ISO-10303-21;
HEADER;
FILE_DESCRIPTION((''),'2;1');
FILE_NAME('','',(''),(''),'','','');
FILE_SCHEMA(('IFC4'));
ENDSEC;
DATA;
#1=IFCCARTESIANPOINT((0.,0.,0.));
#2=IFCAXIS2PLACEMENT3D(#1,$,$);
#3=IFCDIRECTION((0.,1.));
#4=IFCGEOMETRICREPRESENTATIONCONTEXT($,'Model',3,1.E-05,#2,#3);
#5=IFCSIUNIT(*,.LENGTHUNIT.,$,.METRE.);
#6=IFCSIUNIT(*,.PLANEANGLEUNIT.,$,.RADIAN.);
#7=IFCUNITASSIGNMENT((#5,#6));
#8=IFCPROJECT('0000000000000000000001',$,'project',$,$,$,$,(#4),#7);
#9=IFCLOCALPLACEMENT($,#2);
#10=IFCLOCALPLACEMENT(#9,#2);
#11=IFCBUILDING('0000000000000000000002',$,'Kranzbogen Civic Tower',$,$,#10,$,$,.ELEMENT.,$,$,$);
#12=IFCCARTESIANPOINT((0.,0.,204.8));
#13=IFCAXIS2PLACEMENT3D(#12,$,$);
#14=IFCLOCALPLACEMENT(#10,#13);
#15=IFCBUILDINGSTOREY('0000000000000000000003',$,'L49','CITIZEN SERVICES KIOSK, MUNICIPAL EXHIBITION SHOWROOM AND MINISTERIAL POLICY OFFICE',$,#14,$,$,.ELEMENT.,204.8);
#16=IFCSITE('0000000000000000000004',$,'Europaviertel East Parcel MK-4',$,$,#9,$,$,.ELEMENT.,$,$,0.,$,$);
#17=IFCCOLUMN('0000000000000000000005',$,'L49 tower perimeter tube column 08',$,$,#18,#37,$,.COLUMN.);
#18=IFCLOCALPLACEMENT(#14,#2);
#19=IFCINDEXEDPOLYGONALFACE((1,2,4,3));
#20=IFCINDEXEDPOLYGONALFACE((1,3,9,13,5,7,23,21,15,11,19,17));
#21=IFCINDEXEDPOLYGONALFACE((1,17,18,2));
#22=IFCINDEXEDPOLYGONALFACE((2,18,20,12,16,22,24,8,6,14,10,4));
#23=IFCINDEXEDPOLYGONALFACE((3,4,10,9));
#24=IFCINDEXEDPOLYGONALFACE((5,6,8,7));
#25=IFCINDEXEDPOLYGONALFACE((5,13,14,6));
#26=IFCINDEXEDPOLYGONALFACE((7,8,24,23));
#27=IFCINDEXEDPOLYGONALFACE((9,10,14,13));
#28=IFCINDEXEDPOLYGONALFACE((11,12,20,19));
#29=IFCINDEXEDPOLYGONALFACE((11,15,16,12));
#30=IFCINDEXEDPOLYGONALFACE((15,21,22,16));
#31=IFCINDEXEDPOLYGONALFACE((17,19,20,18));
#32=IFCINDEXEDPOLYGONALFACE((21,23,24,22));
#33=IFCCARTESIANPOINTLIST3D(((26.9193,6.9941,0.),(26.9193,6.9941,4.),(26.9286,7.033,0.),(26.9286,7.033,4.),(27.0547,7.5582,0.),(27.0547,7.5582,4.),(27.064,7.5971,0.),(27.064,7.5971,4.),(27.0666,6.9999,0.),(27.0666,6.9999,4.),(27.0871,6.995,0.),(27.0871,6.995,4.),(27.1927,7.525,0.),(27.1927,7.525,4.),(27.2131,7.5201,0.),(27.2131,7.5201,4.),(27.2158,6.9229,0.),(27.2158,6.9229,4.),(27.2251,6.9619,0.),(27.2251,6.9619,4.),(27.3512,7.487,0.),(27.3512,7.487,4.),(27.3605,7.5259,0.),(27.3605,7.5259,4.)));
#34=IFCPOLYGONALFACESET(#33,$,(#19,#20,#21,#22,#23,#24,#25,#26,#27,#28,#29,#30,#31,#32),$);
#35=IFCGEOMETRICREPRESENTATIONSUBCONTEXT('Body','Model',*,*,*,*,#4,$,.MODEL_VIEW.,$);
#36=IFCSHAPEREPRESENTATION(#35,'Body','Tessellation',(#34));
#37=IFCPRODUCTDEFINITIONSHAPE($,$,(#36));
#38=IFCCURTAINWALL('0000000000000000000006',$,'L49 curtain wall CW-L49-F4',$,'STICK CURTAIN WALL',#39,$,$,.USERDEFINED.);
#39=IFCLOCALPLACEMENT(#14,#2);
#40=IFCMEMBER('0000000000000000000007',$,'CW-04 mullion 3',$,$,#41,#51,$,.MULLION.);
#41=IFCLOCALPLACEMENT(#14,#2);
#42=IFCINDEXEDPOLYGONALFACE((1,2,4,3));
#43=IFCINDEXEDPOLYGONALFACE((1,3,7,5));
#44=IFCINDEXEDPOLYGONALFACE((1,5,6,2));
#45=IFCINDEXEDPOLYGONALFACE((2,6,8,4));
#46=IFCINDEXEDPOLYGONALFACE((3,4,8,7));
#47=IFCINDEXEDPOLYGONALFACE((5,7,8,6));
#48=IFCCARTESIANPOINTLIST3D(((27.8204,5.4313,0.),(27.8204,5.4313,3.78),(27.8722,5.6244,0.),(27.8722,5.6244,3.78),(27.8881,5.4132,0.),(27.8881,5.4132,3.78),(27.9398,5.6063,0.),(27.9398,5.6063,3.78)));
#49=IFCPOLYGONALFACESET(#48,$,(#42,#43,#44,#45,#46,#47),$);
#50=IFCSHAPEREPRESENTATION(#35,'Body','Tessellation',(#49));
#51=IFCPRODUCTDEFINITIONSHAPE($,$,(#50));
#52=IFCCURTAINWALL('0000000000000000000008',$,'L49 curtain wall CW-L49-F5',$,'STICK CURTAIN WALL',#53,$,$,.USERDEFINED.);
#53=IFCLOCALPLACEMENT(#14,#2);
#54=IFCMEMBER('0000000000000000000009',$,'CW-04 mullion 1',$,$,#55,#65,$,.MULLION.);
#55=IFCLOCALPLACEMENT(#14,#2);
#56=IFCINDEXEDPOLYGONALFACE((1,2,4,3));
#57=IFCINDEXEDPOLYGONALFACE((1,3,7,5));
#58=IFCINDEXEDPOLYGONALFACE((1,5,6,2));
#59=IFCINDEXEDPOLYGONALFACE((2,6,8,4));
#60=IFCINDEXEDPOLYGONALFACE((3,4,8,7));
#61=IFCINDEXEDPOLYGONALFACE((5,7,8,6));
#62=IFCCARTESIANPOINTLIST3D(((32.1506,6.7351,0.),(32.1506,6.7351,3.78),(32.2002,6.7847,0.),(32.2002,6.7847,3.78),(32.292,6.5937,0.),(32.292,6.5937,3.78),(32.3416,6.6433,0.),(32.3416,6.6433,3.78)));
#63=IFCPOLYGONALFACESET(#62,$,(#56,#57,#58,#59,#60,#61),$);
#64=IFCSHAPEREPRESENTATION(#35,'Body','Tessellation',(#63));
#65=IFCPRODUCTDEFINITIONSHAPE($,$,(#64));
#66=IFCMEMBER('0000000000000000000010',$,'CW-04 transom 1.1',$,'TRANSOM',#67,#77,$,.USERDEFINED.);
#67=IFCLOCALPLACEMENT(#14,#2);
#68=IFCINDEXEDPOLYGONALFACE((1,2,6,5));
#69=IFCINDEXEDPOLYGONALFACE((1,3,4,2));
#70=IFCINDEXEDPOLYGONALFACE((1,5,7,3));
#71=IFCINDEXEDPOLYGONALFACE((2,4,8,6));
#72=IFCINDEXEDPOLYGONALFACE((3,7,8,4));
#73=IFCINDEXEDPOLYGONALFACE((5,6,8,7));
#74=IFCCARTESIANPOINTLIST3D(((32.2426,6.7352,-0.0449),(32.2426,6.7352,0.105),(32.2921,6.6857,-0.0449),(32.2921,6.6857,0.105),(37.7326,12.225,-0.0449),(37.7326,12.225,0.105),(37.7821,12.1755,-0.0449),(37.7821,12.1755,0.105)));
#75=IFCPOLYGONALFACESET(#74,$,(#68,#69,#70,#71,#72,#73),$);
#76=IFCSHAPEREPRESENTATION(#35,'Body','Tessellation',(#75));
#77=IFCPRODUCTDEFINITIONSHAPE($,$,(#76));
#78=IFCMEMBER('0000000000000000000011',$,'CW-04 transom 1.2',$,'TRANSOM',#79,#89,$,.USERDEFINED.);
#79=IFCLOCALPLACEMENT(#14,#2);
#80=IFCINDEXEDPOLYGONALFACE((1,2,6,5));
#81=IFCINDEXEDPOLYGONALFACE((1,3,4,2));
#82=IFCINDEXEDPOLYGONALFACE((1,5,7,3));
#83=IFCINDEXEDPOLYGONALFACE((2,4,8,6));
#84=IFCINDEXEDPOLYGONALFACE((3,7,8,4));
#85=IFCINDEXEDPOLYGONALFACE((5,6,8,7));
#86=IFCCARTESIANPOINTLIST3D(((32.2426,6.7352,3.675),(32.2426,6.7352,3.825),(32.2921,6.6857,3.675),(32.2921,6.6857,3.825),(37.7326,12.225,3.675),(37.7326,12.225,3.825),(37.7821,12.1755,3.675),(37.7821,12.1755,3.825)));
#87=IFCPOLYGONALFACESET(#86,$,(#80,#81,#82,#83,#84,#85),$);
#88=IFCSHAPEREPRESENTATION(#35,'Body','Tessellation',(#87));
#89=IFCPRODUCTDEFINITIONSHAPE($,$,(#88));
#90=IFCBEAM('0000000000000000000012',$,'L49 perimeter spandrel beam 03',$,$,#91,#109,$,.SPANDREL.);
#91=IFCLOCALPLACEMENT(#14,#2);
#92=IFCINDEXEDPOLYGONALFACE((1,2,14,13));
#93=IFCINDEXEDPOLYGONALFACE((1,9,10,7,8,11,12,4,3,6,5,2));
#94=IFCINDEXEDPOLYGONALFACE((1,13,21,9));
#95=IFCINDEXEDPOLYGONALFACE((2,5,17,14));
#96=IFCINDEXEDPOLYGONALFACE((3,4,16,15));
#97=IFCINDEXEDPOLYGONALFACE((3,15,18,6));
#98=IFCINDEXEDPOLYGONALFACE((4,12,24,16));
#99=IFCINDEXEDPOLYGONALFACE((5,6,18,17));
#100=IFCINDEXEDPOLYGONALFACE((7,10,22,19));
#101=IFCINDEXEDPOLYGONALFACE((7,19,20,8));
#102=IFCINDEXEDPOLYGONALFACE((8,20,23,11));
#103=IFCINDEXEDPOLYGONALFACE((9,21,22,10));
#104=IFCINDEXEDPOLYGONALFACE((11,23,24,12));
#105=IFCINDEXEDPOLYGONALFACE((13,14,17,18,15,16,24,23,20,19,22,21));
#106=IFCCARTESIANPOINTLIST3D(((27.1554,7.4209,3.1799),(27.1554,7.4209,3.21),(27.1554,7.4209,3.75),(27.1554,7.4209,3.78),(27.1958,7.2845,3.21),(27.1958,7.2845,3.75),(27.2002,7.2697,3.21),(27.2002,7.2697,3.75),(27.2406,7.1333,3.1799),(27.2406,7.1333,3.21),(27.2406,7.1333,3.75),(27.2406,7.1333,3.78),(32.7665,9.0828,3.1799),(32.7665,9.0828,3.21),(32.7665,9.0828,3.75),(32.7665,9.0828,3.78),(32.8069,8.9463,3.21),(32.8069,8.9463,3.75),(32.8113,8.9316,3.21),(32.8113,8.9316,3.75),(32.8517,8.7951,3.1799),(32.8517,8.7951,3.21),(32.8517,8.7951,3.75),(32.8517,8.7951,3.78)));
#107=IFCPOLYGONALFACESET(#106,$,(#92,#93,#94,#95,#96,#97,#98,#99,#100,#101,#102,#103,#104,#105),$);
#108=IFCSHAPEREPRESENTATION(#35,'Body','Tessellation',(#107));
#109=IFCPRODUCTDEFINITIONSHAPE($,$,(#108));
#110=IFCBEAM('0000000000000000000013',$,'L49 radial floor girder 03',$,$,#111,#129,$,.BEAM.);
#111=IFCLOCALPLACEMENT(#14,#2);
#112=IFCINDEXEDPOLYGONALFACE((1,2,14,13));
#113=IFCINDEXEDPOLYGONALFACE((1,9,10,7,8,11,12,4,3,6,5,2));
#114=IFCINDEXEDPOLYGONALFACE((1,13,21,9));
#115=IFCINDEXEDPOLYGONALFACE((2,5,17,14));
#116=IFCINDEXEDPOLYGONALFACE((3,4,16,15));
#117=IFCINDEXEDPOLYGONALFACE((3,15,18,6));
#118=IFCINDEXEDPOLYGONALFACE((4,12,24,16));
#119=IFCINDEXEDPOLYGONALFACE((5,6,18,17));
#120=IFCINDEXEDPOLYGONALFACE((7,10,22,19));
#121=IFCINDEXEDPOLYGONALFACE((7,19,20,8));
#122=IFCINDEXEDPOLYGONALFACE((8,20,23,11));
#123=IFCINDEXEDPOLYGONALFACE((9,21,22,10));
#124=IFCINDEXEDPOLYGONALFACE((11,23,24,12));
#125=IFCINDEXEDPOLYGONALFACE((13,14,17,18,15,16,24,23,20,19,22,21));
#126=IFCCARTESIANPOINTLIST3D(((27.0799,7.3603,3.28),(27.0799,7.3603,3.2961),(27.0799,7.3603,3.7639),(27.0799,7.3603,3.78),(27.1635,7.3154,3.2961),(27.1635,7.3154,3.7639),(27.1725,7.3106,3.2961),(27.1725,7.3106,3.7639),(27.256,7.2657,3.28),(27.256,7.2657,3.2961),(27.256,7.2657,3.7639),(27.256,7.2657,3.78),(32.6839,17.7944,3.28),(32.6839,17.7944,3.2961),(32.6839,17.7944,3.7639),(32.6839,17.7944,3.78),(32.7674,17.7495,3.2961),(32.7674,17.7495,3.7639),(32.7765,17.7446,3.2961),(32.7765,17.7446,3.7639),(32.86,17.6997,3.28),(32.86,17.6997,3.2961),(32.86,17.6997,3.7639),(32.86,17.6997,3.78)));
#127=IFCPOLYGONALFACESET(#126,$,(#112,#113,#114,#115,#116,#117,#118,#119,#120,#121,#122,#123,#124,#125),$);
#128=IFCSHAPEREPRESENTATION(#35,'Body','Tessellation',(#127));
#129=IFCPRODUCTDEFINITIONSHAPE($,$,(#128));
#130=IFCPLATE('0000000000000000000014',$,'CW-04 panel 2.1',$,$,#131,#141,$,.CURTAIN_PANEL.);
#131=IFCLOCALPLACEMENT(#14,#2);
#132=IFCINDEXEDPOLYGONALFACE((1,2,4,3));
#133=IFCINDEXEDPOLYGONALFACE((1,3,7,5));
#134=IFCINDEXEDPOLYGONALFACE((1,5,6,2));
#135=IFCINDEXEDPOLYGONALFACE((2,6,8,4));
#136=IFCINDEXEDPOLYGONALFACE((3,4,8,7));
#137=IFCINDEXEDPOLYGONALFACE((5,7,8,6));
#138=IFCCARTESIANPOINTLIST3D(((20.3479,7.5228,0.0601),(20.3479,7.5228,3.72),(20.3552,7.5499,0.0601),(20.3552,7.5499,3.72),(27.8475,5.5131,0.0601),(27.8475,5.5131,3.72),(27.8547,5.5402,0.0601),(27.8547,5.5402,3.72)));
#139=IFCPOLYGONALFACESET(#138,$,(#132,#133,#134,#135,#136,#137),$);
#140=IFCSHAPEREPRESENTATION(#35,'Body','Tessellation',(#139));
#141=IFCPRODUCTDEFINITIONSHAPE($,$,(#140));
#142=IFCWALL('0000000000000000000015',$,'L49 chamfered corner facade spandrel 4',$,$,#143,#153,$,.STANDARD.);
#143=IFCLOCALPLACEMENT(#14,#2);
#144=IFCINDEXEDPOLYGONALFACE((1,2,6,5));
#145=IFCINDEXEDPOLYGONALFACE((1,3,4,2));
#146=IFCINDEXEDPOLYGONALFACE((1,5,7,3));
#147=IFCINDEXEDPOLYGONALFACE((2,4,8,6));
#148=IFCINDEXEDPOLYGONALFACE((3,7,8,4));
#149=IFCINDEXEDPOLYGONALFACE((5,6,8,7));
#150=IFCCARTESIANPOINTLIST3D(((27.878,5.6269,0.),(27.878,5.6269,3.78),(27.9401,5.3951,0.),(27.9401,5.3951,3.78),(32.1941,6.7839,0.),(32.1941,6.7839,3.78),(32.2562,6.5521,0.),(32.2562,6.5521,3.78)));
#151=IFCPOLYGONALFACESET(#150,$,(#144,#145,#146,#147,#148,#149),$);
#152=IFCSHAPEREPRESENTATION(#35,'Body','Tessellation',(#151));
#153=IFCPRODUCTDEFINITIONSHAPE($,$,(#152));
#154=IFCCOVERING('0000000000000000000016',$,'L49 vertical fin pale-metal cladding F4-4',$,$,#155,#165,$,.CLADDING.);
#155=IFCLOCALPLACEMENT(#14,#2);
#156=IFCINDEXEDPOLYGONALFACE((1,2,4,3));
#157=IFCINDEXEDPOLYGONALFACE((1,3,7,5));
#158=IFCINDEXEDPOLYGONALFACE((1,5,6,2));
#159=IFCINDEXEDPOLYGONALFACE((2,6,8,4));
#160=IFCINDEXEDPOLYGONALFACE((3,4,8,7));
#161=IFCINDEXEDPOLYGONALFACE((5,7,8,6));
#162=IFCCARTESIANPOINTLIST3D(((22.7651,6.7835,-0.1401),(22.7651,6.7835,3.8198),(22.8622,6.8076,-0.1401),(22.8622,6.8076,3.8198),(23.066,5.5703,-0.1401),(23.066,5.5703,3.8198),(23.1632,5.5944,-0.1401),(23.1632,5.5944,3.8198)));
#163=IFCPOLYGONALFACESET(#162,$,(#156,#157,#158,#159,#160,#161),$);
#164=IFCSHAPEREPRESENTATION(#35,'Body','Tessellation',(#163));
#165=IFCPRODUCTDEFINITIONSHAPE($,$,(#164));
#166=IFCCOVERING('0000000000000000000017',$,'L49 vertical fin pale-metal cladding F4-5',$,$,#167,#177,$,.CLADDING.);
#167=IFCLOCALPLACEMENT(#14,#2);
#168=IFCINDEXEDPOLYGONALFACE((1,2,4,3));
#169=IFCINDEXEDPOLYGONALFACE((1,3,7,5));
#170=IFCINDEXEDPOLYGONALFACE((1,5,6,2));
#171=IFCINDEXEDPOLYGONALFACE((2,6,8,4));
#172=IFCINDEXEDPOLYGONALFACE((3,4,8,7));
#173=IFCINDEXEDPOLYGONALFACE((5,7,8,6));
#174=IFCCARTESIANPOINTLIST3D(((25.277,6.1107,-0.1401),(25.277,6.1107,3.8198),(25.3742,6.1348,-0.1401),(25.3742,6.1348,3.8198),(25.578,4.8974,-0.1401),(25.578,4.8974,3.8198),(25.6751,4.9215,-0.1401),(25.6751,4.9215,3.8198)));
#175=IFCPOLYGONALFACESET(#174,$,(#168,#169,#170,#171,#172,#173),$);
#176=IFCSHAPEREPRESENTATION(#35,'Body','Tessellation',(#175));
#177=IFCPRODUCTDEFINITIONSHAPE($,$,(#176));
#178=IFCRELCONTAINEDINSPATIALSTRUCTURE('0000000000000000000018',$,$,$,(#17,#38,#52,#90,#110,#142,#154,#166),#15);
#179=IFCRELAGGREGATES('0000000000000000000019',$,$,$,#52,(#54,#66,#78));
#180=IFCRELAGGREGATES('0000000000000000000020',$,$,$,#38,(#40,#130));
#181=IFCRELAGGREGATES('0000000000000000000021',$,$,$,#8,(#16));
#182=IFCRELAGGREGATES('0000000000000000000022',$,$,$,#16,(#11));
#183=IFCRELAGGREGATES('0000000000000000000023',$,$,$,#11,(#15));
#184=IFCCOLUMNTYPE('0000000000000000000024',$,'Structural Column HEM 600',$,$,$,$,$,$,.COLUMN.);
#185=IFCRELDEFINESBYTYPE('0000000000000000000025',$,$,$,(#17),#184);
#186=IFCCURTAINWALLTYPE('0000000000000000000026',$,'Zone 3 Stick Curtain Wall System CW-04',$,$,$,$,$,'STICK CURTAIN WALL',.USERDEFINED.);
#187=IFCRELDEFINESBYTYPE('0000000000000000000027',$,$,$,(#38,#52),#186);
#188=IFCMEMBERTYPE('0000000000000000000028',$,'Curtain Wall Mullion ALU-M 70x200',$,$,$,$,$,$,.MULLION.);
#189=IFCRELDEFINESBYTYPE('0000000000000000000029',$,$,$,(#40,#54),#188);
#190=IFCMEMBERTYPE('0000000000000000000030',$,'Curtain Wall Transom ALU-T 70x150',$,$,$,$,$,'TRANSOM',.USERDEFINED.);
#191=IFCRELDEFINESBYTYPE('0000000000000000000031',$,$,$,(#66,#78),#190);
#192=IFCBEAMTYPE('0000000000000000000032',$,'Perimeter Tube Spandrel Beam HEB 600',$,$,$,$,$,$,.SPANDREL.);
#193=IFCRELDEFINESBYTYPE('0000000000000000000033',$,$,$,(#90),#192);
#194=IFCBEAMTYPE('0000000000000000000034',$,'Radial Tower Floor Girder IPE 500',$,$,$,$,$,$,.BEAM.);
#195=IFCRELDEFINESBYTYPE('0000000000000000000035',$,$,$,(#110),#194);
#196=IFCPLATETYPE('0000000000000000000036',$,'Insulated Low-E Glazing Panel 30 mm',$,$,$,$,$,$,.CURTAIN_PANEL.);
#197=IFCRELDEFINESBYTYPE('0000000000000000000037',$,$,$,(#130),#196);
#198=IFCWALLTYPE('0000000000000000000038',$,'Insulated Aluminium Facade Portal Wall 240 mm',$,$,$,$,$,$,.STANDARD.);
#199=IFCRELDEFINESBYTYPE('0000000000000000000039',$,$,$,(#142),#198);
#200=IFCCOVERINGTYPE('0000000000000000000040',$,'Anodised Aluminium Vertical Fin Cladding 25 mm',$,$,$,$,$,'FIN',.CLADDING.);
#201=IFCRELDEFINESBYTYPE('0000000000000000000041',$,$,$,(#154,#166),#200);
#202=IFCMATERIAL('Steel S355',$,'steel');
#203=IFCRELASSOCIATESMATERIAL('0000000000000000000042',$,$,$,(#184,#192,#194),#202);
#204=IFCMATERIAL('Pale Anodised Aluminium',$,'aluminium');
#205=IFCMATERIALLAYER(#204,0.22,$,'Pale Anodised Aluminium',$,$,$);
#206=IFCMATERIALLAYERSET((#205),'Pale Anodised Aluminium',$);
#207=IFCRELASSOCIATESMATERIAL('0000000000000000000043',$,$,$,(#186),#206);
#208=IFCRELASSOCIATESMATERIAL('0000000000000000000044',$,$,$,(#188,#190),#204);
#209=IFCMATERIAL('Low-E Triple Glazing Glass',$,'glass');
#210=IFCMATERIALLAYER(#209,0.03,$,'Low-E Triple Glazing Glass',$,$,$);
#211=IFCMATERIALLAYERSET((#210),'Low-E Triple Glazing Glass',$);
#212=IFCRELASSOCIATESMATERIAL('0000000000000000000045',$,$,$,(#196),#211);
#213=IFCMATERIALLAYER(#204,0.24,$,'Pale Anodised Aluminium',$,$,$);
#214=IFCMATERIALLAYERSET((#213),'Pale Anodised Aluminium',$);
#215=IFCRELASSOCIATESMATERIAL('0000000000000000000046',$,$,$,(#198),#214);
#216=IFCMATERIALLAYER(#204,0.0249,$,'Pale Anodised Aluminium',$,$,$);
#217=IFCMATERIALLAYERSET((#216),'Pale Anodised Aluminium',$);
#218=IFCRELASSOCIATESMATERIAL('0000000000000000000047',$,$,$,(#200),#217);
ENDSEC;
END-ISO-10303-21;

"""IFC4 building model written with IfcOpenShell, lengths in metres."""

from ifc_helpers import new_model, si_unit, direction, frame, frame_2d, origin, origin_2d, place, context, subcontext, project, spatial, rectangle, i_section, extrude, material, layer, layer_set, material_profile, profile_set, type_object, element, aggregate, save


model = new_model("IFC4")

# Units and contexts
model_context = context("Model", 3, precision=1e-05, world=origin(), true_north=direction((0.0, 1.0)))
body_context = subcontext(model_context, "Body", "Model", "MODEL_VIEW")
ifc_project = project(units=[si_unit("LENGTHUNIT", "METRE"), si_unit("PLANEANGLEUNIT", "RADIAN")], contexts=[model_context])

# Site, building, storey
site_placement = place(None, origin())
site = spatial("IfcSite", under=ifc_project, at=site_placement, Name="Europaviertel East Parcel MK-4", CompositionType="ELEMENT", RefElevation=0.0)
building_placement = place(site_placement, origin())
building = spatial("IfcBuilding", under=site, at=building_placement, Name="Kranzbogen Civic Tower", CompositionType="ELEMENT")
storey_placement = place(building_placement, frame((0.0, 0.0, 204.8)))
storey = spatial("IfcBuildingStorey", under=building, at=storey_placement, Name="L49", Description="CITIZEN SERVICES KIOSK, MUNICIPAL EXHIBITION SHOWROOM AND MINISTERIAL POLICY OFFICE", CompositionType="ELEMENT", Elevation=204.8)

# Column
ifc_material_1 = material(Name="Steel S355", Category="steel")
ifc_material_profile_1 = material_profile(ifc_material_1, i_section(OverallWidth=0.3049, OverallDepth=0.6201, WebThickness=0.021, FlangeThickness=0.04, at=origin_2d()), Name="HEM 600")
ifc_profile_set_1 = profile_set([ifc_material_profile_1], Name="Steel S355")
column_type = type_object("IfcColumnType", Name="Structural Column HEM 600", PredefinedType="COLUMN", material=ifc_profile_set_1)
column_placement = place(storey_placement, frame((27.1399, 7.26, 0.0), z_axis=(0.0, 0.0, 1.0), x_axis=(-0.97237, 0.233445, 0.0)))
element("IfcColumn", 1, at=column_placement, inside=storey, type_object=column_type, Name="L49 tower perimeter tube column 08", PredefinedType="COLUMN", context=body_context, shape_type="SweptSolid", body=[
    extrude(i_section(OverallWidth=0.3049, OverallDepth=0.6201, WebThickness=0.021, FlangeThickness=0.04, at=origin_2d()), origin(), (0.0, 0.0, 1.0), 4.0),
])

# Curtain wall, member
ifc_material_2 = material(Name="Pale Anodised Aluminium", Category="aluminium")
ifc_layer_1 = layer(ifc_material_2, 0.22, Name="Pale Anodised Aluminium")
ifc_layer_set_1 = layer_set([ifc_layer_1], Name="Pale Anodised Aluminium")
curtain_wall_type = type_object("IfcCurtainWallType", Name="Zone 3 Stick Curtain Wall System CW-04", ElementType="STICK CURTAIN WALL", PredefinedType="USERDEFINED", material=ifc_layer_set_1)
curtain_wall_1_placement = place(storey_placement, origin())
curtain_wall_1 = element("IfcCurtainWall", 2, at=curtain_wall_1_placement, inside=storey, type_object=curtain_wall_type, Name="L49 curtain wall CW-L49-F4", ObjectType="STICK CURTAIN WALL", PredefinedType="USERDEFINED")
ifc_material_profile_2 = material_profile(ifc_material_2, rectangle(XDim=0.0701, YDim=0.2, at=origin_2d()), Name="ALU-M 70x200")
ifc_profile_set_2 = profile_set([ifc_material_profile_2], Name="Pale Anodised Aluminium")
member_type_1 = type_object("IfcMemberType", Name="Curtain Wall Mullion ALU-M 70x200", PredefinedType="MULLION", material=ifc_profile_set_2)
member_1_placement = place(storey_placement, frame((27.8801, 5.5188, 0.0), z_axis=(0.0, 0.0, 1.0), x_axis=(0.965919, -0.258843, 0.0)))
member_1 = element("IfcMember", 3, at=member_1_placement, type_object=member_type_1, Name="CW-04 mullion 3", PredefinedType="MULLION", context=body_context, shape_type="SweptSolid", body=[
    extrude(rectangle(XDim=0.0701, YDim=0.2, at=origin_2d()), origin(), (0.0, 0.0, 1.0), 3.78),
])

# Curtain wall, members
curtain_wall_2_placement = place(storey_placement, origin())
curtain_wall_2 = element("IfcCurtainWall", 4, at=curtain_wall_2_placement, inside=storey, type_object=curtain_wall_type, Name="L49 curtain wall CW-L49-F5", ObjectType="STICK CURTAIN WALL", PredefinedType="USERDEFINED")
member_2_placement = place(storey_placement, frame((32.2461, 6.6892, 0.0), z_axis=(0.0, 0.0, 1.0), x_axis=(0.707107, 0.707107, 0.0)))
member_2 = element("IfcMember", 5, at=member_2_placement, type_object=member_type_1, Name="CW-04 mullion 1", PredefinedType="MULLION", context=body_context, shape_type="SweptSolid", body=[
    extrude(rectangle(XDim=0.0701, YDim=0.2, at=origin_2d()), origin(), (0.0, 0.0, 1.0), 3.78),
])
ifc_material_profile_3 = material_profile(ifc_material_2, rectangle(XDim=0.0701, YDim=0.1499, at=origin_2d()), Name="ALU-T 70x150")
ifc_profile_set_3 = profile_set([ifc_material_profile_3], Name="Pale Anodised Aluminium")
member_type_2 = type_object("IfcMemberType", Name="Curtain Wall Transom ALU-T 70x150", ElementType="TRANSOM", PredefinedType="USERDEFINED", material=ifc_profile_set_3)
member_3_placement = place(storey_placement, frame((32.2673, 6.7104, 0.03), z_axis=(0.707123, 0.707091, 0.0), x_axis=(-0.707091, 0.707123, 0.0)))
member_3 = element("IfcMember", 6, at=member_3_placement, type_object=member_type_2, Name="CW-04 transom 1.1", ObjectType="TRANSOM", PredefinedType="USERDEFINED", context=body_context, shape_type="SweptSolid", body=[
    extrude(rectangle(XDim=0.0701, YDim=0.1499, at=origin_2d()), origin(), (0.0, 0.0, 1.0), 7.7639),
])
member_4_placement = place(storey_placement, frame((32.2673, 6.7104, 3.75), z_axis=(0.707123, 0.707091, 0.0), x_axis=(-0.707091, 0.707123, 0.0)))
member_4 = element("IfcMember", 7, at=member_4_placement, type_object=member_type_2, Name="CW-04 transom 1.2", ObjectType="TRANSOM", PredefinedType="USERDEFINED", context=body_context, shape_type="SweptSolid", body=[
    extrude(rectangle(XDim=0.0701, YDim=0.1499, at=origin_2d()), origin(), (0.0, 0.0, 1.0), 7.7639),
])
aggregate(curtain_wall_2, [member_2, member_3, member_4])

# Beams
ifc_material_profile_4 = material_profile(ifc_material_1, i_section(OverallWidth=0.3, OverallDepth=0.6001, WebThickness=0.0154, FlangeThickness=0.03, at=origin_2d()), Name="HEB 600")
ifc_profile_set_4 = profile_set([ifc_material_profile_4], Name="Steel S355")
beam_type_1 = type_object("IfcBeamType", Name="Perimeter Tube Spandrel Beam HEB 600", PredefinedType="SPANDREL", material=ifc_profile_set_4)
beam_1_placement = place(storey_placement, frame((27.198, 7.2771, 3.48), z_axis=(0.95883, 0.283982, 0.0), x_axis=(-0.283982, 0.95883, 0.0)))
element("IfcBeam", 8, at=beam_1_placement, inside=storey, type_object=beam_type_1, Name="L49 perimeter spandrel beam 03", PredefinedType="SPANDREL", context=body_context, shape_type="SweptSolid", body=[
    extrude(i_section(OverallWidth=0.3, OverallDepth=0.6001, WebThickness=0.0154, FlangeThickness=0.03, at=origin_2d()), origin(), (0.0, 0.0, 1.0), 5.8521),
])
ifc_material_profile_5 = material_profile(ifc_material_1, i_section(OverallWidth=0.2, OverallDepth=0.5, WebThickness=0.0103, FlangeThickness=0.0161, at=origin_2d()), Name="IPE 500")
ifc_profile_set_5 = profile_set([ifc_material_profile_5], Name="Steel S355")
beam_type_2 = type_object("IfcBeamType", Name="Radial Tower Floor Girder IPE 500", PredefinedType="BEAM", material=ifc_profile_set_5)
beam_2_placement = place(storey_placement, frame((27.168, 7.313, 3.53), z_axis=(0.47316, 0.880976, 0.0), x_axis=(-0.880976, 0.47316, 0.0)))
element("IfcBeam", 9, at=beam_2_placement, inside=storey, type_object=beam_type_2, Name="L49 radial floor girder 03", PredefinedType="BEAM", context=body_context, shape_type="SweptSolid", body=[
    extrude(i_section(OverallWidth=0.2, OverallDepth=0.5, WebThickness=0.0103, FlangeThickness=0.0161, at=origin_2d()), origin(), (0.0, 0.0, 1.0), 11.8438),
])

# Plate
ifc_material_3 = material(Name="Low-E Triple Glazing Glass", Category="glass")
ifc_layer_2 = layer(ifc_material_3, 0.03, Name="Low-E Triple Glazing Glass")
ifc_layer_set_2 = layer_set([ifc_layer_2], Name="Low-E Triple Glazing Glass")
plate_type = type_object("IfcPlateType", Name="Insulated Low-E Glazing Panel 30 mm", PredefinedType="CURTAIN_PANEL", material=ifc_layer_set_2)
plate_placement = place(storey_placement, frame((24.1013, 6.5315, 0.0601), z_axis=(0.0, 0.0, 1.0), x_axis=(0.965919, -0.258843, 0.0)))
plate = element("IfcPlate", 10, at=plate_placement, type_object=plate_type, Name="CW-04 panel 2.1", PredefinedType="CURTAIN_PANEL", context=body_context, shape_type="SweptSolid", body=[
    extrude(rectangle(XDim=7.7642, YDim=0.0281, at=origin_2d()), origin(), (0.0, 0.0, 1.0), 3.6599),
])
aggregate(curtain_wall_1, [member_1, plate])

# Wall
ifc_layer_3 = layer(ifc_material_2, 0.24, Name="Pale Anodised Aluminium")
ifc_layer_set_3 = layer_set([ifc_layer_3], Name="Pale Anodised Aluminium")
wall_type = type_object("IfcWallType", Name="Insulated Aluminium Facade Portal Wall 240 mm", PredefinedType="STANDARD", material=ifc_layer_set_3)
wall_placement = place(storey_placement, frame((27.9089, 5.511, 0.0), z_axis=(0.0, 0.0, 1.0), x_axis=(0.9659, 0.258917, 0.0)))
element("IfcWall", 11, at=wall_placement, inside=storey, type_object=wall_type, Name="L49 chamfered corner facade spandrel 4", PredefinedType="STANDARD", context=body_context, shape_type="SweptSolid", body=[
    extrude(rectangle(XDim=4.4685, YDim=0.24, at=frame_2d((2.2344, 0.0))), origin(), (0.0, 0.0, 1.0), 3.78),
])

# Coverings
ifc_layer_4 = layer(ifc_material_2, 0.0249, Name="Pale Anodised Aluminium")
ifc_layer_set_4 = layer_set([ifc_layer_4], Name="Pale Anodised Aluminium")
covering_type = type_object("IfcCoveringType", Name="Anodised Aluminium Vertical Fin Cladding 25 mm", ElementType="FIN", PredefinedType="CLADDING", material=ifc_layer_set_4)
for number, where, z_axis, x_axis, name in (
    (12, (22.9641, 6.189, -0.1401), (0.0, 0.0, 1.0), (0.24077, -0.970582, 0.0), "L49 vertical fin pale-metal cladding F4-4"),
    (13, (25.4761, 5.5161, -0.1401), (0.0, 0.0, 1.0), (0.24077, -0.970582, 0.0), "L49 vertical fin pale-metal cladding F4-5"),
):
    element("IfcCovering", number, at=place(storey_placement, frame(where, z_axis=z_axis, x_axis=x_axis)), inside=storey, type_object=covering_type, Name=name, PredefinedType="CLADDING", context=body_context, shape_type="SweptSolid", body=[
        extrude(rectangle(XDim=1.25, YDim=0.1001, at=origin_2d()), origin(), (0.0, 0.0, 1.0), 3.96),
    ])

save(model, "model.ifc")
